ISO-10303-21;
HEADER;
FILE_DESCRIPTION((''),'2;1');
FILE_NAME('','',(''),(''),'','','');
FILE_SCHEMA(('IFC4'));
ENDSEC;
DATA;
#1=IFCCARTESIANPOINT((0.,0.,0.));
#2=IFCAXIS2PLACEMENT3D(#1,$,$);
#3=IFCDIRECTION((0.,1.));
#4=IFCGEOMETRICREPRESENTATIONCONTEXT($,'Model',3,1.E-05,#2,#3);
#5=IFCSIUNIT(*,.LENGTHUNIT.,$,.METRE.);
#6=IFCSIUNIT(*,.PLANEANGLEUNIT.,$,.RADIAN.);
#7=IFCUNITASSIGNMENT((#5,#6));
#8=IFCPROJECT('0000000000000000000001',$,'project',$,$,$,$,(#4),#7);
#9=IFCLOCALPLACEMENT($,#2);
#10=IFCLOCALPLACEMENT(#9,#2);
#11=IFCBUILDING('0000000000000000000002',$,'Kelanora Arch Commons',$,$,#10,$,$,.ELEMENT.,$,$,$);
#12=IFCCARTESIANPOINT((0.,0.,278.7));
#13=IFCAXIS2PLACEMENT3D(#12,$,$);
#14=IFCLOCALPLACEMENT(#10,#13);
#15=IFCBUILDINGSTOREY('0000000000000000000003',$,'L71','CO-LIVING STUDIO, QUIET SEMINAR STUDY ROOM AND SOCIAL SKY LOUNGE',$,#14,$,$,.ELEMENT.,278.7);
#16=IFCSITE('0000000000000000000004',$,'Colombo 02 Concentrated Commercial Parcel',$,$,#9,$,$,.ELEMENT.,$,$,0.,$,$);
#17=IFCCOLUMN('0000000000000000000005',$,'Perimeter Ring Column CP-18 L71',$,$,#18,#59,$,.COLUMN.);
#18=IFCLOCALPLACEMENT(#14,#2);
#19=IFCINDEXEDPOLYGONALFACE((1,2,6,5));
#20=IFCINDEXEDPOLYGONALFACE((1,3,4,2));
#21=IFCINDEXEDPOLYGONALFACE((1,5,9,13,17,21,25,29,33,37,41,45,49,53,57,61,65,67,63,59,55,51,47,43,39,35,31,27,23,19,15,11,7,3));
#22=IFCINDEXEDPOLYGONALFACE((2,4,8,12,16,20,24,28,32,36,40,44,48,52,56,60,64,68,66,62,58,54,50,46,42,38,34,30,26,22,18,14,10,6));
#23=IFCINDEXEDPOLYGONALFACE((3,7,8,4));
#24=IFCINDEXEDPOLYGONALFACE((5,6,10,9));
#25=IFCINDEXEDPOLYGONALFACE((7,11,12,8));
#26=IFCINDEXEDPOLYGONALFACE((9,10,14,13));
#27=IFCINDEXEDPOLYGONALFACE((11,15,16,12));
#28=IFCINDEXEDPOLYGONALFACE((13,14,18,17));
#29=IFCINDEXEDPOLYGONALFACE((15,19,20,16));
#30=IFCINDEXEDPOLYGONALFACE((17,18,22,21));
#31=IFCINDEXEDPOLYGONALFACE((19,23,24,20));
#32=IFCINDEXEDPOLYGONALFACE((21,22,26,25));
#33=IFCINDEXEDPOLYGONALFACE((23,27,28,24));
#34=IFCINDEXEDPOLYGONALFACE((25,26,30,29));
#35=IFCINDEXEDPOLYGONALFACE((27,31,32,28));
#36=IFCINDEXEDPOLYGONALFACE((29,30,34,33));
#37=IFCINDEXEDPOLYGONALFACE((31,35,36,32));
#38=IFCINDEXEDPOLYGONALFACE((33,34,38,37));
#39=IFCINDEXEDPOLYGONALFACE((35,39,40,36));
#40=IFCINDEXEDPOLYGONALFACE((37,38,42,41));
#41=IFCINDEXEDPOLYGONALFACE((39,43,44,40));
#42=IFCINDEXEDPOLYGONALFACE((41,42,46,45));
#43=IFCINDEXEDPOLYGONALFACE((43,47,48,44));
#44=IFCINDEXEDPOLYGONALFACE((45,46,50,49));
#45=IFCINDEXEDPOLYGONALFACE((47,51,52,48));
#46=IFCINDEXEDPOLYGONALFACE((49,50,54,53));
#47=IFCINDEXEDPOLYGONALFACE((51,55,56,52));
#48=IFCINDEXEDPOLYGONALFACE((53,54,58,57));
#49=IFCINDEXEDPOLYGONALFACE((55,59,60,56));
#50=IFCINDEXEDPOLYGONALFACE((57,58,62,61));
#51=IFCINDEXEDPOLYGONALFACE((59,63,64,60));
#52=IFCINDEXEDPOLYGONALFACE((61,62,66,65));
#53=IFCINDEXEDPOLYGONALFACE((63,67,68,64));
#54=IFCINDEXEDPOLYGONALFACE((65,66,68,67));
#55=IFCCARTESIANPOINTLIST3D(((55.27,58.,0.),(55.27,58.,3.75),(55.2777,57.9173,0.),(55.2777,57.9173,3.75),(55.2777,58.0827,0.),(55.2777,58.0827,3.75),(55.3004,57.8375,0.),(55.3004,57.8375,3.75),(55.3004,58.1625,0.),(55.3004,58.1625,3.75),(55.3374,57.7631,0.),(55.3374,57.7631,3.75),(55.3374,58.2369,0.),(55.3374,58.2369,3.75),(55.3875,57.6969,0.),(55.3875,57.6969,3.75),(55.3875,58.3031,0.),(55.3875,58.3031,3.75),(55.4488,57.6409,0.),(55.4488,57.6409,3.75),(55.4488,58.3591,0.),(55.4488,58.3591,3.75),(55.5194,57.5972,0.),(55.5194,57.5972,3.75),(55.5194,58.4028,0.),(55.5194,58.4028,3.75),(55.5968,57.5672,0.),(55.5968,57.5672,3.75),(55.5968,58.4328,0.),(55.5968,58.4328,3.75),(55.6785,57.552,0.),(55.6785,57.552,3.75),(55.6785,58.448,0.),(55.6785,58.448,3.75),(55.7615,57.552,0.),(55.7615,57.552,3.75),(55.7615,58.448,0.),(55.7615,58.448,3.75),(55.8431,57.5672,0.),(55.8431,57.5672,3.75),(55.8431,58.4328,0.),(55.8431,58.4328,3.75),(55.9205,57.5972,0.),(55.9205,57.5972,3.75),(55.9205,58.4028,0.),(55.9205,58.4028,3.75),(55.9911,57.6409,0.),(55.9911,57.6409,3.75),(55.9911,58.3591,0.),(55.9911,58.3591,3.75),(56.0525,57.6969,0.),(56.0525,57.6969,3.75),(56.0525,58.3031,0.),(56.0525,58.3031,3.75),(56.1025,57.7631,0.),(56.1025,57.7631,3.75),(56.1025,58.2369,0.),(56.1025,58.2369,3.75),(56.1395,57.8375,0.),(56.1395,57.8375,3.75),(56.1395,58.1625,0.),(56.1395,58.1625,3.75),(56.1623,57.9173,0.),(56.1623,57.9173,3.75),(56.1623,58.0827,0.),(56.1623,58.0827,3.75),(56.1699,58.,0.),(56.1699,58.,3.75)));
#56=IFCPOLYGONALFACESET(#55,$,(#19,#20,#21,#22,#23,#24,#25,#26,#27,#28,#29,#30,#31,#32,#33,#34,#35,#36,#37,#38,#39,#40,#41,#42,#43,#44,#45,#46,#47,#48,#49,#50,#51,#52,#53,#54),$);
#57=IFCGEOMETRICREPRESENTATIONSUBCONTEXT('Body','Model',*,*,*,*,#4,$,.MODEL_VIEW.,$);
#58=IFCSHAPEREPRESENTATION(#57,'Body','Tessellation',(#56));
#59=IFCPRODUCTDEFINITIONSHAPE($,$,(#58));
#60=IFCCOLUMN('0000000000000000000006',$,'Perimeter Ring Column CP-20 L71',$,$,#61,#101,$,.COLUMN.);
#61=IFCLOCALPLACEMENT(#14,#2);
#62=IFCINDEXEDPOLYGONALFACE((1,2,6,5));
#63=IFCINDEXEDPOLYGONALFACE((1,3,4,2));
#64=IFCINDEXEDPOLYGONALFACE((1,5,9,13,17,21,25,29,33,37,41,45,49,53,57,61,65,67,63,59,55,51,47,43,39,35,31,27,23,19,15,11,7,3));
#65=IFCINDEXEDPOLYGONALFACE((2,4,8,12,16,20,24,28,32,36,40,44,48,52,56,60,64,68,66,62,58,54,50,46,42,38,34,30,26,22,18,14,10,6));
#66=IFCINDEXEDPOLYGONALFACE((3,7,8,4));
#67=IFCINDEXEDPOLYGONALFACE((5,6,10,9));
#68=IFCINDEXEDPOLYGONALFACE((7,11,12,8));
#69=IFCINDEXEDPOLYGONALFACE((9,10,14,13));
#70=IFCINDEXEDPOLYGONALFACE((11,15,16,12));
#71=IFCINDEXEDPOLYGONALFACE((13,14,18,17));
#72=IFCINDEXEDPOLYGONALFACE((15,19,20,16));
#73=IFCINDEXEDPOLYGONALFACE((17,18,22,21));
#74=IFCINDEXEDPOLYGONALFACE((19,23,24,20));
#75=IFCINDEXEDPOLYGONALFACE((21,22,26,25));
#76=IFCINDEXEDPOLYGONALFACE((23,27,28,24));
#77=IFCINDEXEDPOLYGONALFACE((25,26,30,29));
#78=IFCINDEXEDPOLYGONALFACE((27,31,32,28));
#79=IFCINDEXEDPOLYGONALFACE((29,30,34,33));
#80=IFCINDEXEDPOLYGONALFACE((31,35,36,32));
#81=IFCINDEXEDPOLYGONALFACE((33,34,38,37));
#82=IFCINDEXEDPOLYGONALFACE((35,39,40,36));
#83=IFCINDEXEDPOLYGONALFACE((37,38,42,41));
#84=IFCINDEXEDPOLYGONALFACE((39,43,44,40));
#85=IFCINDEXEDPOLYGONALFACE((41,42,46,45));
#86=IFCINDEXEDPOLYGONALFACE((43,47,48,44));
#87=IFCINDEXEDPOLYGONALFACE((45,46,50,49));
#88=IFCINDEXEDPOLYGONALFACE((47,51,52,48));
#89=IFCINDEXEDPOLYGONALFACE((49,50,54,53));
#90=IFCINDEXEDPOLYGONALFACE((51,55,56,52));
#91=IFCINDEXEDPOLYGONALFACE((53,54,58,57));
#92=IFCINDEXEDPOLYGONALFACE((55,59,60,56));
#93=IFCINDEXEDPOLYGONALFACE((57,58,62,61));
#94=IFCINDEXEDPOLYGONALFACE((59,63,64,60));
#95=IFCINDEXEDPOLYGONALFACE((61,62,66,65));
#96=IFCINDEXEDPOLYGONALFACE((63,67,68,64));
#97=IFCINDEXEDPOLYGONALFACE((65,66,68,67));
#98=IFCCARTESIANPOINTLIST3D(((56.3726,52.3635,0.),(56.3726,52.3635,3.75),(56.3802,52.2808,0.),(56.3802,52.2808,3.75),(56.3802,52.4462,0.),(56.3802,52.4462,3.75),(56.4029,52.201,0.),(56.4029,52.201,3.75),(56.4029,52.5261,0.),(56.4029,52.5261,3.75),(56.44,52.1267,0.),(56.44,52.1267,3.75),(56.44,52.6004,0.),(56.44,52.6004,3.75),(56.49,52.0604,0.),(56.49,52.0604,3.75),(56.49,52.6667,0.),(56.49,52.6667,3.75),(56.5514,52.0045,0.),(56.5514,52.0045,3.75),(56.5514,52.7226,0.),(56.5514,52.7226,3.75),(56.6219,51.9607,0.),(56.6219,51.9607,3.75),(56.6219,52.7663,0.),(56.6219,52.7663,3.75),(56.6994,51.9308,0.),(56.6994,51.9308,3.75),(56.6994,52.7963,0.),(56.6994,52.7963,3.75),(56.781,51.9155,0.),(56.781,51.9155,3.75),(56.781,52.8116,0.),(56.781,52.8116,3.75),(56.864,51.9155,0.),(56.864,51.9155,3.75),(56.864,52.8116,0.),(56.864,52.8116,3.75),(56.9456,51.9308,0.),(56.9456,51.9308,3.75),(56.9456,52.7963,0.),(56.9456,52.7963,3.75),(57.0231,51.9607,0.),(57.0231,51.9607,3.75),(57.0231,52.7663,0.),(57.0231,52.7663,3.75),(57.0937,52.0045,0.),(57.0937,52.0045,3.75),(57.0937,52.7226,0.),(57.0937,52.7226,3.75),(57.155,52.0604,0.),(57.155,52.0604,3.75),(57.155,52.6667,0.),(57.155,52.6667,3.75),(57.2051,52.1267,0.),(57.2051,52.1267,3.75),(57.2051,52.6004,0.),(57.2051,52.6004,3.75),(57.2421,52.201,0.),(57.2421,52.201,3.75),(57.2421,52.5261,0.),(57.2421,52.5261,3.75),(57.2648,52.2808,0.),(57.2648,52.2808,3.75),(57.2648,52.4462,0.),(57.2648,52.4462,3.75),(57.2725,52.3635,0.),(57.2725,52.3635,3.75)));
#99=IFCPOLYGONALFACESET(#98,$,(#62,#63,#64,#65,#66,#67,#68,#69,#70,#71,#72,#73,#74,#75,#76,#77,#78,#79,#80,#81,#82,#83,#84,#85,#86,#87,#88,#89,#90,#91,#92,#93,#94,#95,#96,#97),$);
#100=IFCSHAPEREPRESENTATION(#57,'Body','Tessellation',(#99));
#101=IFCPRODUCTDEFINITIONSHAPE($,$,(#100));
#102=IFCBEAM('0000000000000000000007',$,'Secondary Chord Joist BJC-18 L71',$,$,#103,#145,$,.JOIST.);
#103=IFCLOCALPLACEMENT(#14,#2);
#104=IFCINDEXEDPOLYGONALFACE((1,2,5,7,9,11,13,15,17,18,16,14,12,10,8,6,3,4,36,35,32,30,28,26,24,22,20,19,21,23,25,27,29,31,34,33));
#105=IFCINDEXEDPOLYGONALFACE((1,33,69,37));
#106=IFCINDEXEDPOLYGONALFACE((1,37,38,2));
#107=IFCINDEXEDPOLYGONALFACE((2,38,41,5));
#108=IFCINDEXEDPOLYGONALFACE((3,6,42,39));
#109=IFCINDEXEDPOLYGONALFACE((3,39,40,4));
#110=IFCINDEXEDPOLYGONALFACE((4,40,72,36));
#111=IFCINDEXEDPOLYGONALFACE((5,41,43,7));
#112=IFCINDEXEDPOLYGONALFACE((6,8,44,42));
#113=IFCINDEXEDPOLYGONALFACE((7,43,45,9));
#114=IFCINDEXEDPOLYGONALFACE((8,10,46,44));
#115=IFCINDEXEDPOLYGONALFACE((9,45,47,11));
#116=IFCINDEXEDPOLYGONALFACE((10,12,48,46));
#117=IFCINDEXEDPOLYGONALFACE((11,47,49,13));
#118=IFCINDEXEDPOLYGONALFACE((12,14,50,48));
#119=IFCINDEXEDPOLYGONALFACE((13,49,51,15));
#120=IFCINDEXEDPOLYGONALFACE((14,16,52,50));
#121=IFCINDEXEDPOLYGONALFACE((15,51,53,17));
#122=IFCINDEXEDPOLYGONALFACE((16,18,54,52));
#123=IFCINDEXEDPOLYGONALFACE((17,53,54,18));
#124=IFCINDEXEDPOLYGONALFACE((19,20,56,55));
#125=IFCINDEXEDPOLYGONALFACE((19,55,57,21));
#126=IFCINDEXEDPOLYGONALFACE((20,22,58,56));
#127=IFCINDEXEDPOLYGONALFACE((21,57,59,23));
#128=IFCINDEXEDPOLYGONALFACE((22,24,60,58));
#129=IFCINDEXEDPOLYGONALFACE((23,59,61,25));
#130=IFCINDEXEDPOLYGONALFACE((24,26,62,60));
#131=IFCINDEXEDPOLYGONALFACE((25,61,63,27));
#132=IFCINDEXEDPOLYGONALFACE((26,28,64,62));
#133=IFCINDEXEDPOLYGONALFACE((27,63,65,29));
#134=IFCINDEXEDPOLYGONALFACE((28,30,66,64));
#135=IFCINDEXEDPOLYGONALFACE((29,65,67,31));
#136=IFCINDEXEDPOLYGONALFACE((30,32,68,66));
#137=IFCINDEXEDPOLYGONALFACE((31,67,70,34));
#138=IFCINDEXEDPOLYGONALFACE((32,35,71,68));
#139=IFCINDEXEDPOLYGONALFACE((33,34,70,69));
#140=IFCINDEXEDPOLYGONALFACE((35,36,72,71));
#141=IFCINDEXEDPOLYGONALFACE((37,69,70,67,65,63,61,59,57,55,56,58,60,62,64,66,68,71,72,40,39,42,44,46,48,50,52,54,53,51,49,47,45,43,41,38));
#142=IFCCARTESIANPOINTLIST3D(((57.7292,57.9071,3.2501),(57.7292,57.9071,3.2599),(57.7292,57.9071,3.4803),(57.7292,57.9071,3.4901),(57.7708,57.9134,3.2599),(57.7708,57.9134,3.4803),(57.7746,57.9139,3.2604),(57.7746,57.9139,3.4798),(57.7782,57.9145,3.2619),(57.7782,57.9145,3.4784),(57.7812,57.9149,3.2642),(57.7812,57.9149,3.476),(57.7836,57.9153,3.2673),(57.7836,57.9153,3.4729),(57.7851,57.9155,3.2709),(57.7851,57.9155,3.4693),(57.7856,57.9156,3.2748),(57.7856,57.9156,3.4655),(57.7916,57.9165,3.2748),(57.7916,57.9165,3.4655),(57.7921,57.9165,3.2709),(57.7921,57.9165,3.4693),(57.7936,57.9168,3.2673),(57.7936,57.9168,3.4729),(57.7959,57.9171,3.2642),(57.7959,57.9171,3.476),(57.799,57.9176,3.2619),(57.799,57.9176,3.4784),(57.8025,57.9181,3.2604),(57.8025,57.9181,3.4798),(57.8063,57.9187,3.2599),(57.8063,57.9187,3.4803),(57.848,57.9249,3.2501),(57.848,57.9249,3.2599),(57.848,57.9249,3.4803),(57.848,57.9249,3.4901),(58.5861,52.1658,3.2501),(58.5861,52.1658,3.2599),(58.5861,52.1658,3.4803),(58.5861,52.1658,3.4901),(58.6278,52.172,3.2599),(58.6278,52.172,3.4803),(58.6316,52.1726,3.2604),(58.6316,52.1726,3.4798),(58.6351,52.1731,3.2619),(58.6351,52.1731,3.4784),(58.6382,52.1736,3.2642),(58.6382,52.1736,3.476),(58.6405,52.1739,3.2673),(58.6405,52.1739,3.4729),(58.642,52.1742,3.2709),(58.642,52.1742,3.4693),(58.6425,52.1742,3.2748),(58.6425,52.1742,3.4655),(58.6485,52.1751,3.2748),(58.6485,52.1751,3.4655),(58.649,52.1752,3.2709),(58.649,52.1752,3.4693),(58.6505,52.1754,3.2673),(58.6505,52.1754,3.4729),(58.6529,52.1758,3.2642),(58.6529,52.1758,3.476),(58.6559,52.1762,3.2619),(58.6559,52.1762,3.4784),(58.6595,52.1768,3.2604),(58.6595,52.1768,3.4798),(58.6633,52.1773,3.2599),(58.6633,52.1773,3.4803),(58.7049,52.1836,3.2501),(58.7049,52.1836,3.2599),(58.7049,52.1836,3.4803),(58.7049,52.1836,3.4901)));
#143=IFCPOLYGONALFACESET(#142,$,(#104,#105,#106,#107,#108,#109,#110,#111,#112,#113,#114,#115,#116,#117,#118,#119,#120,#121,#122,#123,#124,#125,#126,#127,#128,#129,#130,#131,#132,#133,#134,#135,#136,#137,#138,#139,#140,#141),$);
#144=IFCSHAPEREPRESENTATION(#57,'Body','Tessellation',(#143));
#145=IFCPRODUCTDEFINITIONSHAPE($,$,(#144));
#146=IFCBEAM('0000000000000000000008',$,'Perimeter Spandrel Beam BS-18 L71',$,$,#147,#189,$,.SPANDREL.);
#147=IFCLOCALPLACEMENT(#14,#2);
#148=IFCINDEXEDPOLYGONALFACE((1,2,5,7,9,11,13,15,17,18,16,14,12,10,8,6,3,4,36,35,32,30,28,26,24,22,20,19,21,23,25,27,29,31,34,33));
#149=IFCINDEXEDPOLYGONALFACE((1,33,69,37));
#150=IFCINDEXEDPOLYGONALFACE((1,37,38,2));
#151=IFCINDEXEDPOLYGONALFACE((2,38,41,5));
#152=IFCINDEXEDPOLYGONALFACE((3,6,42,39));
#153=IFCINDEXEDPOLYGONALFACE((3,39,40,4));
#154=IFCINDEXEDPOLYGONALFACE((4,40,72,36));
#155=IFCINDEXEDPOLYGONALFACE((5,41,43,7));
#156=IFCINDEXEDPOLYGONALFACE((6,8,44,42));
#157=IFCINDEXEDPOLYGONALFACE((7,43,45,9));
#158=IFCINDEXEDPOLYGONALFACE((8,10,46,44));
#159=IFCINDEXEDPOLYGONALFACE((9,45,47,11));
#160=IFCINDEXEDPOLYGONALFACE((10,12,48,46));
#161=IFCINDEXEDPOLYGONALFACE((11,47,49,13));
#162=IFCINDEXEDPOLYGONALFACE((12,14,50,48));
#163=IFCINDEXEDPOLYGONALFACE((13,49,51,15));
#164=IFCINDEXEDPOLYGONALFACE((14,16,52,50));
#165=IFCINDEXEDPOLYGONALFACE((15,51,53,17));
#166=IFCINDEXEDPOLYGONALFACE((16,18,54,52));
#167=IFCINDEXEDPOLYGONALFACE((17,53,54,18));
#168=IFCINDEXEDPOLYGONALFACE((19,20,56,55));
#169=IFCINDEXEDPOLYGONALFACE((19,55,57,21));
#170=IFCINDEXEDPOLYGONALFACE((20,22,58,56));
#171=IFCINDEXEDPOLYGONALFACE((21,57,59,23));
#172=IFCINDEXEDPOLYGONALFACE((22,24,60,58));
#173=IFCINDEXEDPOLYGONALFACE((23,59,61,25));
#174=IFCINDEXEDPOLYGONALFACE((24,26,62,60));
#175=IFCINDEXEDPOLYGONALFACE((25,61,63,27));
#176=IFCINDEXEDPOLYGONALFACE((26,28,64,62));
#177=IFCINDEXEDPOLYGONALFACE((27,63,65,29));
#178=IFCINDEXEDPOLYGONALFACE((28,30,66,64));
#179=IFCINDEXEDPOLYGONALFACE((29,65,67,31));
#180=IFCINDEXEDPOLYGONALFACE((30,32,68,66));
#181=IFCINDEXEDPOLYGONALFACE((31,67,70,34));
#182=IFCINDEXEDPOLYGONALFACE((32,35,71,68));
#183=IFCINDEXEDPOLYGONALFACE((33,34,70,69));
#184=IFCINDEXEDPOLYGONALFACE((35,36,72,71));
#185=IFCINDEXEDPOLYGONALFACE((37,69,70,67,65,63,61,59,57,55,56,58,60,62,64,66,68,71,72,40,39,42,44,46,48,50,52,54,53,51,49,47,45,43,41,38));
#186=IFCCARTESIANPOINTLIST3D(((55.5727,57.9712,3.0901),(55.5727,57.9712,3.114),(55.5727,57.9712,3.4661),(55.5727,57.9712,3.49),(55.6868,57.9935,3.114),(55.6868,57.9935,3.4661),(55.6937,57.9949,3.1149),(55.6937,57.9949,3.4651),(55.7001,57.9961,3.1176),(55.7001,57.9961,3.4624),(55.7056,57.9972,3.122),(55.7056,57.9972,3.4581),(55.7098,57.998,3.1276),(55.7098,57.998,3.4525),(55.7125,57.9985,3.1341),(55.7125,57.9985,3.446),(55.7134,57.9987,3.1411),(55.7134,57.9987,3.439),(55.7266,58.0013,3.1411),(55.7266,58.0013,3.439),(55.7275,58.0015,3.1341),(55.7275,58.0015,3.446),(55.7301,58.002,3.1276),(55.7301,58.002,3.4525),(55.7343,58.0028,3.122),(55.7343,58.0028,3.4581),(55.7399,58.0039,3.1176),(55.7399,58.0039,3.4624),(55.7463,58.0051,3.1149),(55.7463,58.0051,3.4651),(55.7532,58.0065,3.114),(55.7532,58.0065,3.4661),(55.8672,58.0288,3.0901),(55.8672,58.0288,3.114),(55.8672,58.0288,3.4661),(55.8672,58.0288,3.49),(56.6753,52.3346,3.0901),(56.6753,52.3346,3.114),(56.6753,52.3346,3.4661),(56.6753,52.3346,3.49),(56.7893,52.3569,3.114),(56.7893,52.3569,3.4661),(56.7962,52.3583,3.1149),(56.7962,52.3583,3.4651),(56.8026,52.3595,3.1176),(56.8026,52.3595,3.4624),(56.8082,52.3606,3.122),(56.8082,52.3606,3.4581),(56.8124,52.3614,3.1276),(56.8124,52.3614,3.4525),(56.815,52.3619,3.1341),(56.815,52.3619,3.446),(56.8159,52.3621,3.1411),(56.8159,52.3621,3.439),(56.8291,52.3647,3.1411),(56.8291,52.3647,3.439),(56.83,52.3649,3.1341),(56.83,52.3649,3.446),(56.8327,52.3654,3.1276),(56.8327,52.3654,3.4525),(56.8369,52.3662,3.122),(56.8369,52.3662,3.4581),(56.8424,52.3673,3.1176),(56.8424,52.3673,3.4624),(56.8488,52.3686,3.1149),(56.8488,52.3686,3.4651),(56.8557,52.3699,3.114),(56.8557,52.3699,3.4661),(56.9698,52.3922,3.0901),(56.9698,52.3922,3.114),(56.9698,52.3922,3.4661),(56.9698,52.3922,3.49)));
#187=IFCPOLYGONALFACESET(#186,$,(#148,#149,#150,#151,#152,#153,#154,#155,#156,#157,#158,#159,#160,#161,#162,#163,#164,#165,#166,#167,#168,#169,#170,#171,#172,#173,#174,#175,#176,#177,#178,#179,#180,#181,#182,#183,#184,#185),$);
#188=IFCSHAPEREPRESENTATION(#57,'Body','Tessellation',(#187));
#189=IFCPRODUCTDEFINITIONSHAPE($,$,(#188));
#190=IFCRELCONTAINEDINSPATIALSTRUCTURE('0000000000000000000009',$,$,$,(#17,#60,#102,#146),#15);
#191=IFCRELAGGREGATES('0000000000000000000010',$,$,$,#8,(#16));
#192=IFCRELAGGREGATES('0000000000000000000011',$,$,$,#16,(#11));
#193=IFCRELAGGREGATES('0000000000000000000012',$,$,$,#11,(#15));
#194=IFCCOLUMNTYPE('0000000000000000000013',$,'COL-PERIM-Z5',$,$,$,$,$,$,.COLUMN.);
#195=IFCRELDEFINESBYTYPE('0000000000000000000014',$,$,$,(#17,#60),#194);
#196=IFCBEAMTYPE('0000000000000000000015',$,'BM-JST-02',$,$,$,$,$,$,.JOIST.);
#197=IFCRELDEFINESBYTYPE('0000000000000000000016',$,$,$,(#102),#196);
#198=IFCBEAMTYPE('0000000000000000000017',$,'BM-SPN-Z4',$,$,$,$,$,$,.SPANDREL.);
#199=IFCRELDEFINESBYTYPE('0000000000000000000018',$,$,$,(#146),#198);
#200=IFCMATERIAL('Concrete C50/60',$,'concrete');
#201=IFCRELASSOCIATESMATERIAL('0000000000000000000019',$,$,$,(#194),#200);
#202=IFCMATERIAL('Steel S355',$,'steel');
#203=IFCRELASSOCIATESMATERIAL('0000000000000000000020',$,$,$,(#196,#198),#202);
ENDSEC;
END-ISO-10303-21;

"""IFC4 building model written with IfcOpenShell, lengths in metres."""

from ifc_helpers import new_model, si_unit, direction, frame, origin, origin_2d, place, context, subcontext, project, spatial, circle, i_section, extrude, material, material_profile, profile_set, type_object, element, save


model = new_model("IFC4")

# Units and contexts
model_context = context("Model", 3, precision=1e-05, world=origin(), true_north=direction((0.0, 1.0)))
body_context = subcontext(model_context, "Body", "Model", "MODEL_VIEW")
ifc_project = project(units=[si_unit("LENGTHUNIT", "METRE"), si_unit("PLANEANGLEUNIT", "RADIAN")], contexts=[model_context])

# Site, building, storey
site_placement = place(None, origin())
site = spatial("IfcSite", under=ifc_project, at=site_placement, Name="Colombo 02 Concentrated Commercial Parcel", CompositionType="ELEMENT", RefElevation=0.0)
building_placement = place(site_placement, origin())
building = spatial("IfcBuilding", under=site, at=building_placement, Name="Kelanora Arch Commons", CompositionType="ELEMENT")
storey_placement = place(building_placement, frame((0.0, 0.0, 278.7)))
storey = spatial("IfcBuildingStorey", under=building, at=storey_placement, Name="L71", Description="CO-LIVING STUDIO, QUIET SEMINAR STUDY ROOM AND SOCIAL SKY LOUNGE", CompositionType="ELEMENT", Elevation=278.7)

# Columns
ifc_material_1 = material(Name="Concrete C50/60", Category="concrete")
ifc_material_profile_1 = material_profile(ifc_material_1, circle(Radius=0.45, at=origin_2d()), Name="RCC900")
ifc_profile_set_1 = profile_set([ifc_material_profile_1], Name="Concrete C50/60")
column_type = type_object("IfcColumnType", Name="COL-PERIM-Z5", PredefinedType="COLUMN", material=ifc_profile_set_1)
for number, where, z_axis, x_axis, name in (
    (1, (55.72, 58.0, 0.0), (0.0, 0.0, 1.0), (1.0, 0.0, 0.0), "Perimeter Ring Column CP-18 L71"),
    (2, (56.8225, 52.3635, 0.0), (0.0, 0.0, 1.0), (1.0, 0.0, 0.0), "Perimeter Ring Column CP-20 L71"),
):
    element("IfcColumn", number, at=place(storey_placement, frame(where, z_axis=z_axis, x_axis=x_axis)), inside=storey, type_object=column_type, Name=name, PredefinedType="COLUMN", context=body_context, shape_type="SweptSolid", body=[
        extrude(circle(Radius=0.45, at=origin_2d()), origin(), (0.0, 0.0, 1.0), 3.75),
    ])

# Beams
ifc_material_2 = material(Name="Steel S355", Category="steel")
ifc_material_profile_2 = material_profile(ifc_material_2, i_section(OverallWidth=0.1201, OverallDepth=0.24, WebThickness=0.0061, FlangeThickness=0.0098, FilletRadius=0.0149, at=origin_2d()), Name="IPE240")
ifc_profile_set_2 = profile_set([ifc_material_profile_2], Name="Steel S355")
beam_type_1 = type_object("IfcBeamType", Name="BM-JST-02", PredefinedType="JOIST", material=ifc_profile_set_2)
beam_1_placement = place(storey_placement, frame((57.7886, 57.916, 3.3701), z_axis=(0.147625, -0.989043, 0.0), x_axis=(0.989043, 0.147625, 0.0)))
element("IfcBeam", 3, at=beam_1_placement, inside=storey, type_object=beam_type_1, Name="Secondary Chord Joist BJC-18 L71", PredefinedType="JOIST", context=body_context, shape_type="SweptSolid", body=[
    extrude(i_section(OverallWidth=0.1201, OverallDepth=0.24, WebThickness=0.0061, FlangeThickness=0.0098, FilletRadius=0.0149, at=origin_2d()), origin(), (0.0, 0.0, 1.0), 5.8049),
])
ifc_material_profile_3 = material_profile(ifc_material_2, i_section(OverallWidth=0.3, OverallDepth=0.3999, WebThickness=0.0134, FlangeThickness=0.0239, FilletRadius=0.0271, at=origin_2d()), Name="HEB400")
ifc_profile_set_3 = profile_set([ifc_material_profile_3], Name="Steel S355")
beam_type_2 = type_object("IfcBeamType", Name="BM-SPN-Z4", PredefinedType="SPANDREL", material=ifc_profile_set_3)
beam_2_placement = place(storey_placement, frame((55.72, 58.0, 3.29), z_axis=(0.19197, -0.981401, 0.0), x_axis=(0.981401, 0.19197, 0.0)))
element("IfcBeam", 4, at=beam_2_placement, inside=storey, type_object=beam_type_2, Name="Perimeter Spandrel Beam BS-18 L71", PredefinedType="SPANDREL", context=body_context, shape_type="SweptSolid", body=[
    extrude(i_section(OverallWidth=0.3, OverallDepth=0.3999, WebThickness=0.0134, FlangeThickness=0.0239, FilletRadius=0.0271, at=origin_2d()), origin(), (0.0, 0.0, 1.0), 5.7434),
])

save(model, "model.ifc")
